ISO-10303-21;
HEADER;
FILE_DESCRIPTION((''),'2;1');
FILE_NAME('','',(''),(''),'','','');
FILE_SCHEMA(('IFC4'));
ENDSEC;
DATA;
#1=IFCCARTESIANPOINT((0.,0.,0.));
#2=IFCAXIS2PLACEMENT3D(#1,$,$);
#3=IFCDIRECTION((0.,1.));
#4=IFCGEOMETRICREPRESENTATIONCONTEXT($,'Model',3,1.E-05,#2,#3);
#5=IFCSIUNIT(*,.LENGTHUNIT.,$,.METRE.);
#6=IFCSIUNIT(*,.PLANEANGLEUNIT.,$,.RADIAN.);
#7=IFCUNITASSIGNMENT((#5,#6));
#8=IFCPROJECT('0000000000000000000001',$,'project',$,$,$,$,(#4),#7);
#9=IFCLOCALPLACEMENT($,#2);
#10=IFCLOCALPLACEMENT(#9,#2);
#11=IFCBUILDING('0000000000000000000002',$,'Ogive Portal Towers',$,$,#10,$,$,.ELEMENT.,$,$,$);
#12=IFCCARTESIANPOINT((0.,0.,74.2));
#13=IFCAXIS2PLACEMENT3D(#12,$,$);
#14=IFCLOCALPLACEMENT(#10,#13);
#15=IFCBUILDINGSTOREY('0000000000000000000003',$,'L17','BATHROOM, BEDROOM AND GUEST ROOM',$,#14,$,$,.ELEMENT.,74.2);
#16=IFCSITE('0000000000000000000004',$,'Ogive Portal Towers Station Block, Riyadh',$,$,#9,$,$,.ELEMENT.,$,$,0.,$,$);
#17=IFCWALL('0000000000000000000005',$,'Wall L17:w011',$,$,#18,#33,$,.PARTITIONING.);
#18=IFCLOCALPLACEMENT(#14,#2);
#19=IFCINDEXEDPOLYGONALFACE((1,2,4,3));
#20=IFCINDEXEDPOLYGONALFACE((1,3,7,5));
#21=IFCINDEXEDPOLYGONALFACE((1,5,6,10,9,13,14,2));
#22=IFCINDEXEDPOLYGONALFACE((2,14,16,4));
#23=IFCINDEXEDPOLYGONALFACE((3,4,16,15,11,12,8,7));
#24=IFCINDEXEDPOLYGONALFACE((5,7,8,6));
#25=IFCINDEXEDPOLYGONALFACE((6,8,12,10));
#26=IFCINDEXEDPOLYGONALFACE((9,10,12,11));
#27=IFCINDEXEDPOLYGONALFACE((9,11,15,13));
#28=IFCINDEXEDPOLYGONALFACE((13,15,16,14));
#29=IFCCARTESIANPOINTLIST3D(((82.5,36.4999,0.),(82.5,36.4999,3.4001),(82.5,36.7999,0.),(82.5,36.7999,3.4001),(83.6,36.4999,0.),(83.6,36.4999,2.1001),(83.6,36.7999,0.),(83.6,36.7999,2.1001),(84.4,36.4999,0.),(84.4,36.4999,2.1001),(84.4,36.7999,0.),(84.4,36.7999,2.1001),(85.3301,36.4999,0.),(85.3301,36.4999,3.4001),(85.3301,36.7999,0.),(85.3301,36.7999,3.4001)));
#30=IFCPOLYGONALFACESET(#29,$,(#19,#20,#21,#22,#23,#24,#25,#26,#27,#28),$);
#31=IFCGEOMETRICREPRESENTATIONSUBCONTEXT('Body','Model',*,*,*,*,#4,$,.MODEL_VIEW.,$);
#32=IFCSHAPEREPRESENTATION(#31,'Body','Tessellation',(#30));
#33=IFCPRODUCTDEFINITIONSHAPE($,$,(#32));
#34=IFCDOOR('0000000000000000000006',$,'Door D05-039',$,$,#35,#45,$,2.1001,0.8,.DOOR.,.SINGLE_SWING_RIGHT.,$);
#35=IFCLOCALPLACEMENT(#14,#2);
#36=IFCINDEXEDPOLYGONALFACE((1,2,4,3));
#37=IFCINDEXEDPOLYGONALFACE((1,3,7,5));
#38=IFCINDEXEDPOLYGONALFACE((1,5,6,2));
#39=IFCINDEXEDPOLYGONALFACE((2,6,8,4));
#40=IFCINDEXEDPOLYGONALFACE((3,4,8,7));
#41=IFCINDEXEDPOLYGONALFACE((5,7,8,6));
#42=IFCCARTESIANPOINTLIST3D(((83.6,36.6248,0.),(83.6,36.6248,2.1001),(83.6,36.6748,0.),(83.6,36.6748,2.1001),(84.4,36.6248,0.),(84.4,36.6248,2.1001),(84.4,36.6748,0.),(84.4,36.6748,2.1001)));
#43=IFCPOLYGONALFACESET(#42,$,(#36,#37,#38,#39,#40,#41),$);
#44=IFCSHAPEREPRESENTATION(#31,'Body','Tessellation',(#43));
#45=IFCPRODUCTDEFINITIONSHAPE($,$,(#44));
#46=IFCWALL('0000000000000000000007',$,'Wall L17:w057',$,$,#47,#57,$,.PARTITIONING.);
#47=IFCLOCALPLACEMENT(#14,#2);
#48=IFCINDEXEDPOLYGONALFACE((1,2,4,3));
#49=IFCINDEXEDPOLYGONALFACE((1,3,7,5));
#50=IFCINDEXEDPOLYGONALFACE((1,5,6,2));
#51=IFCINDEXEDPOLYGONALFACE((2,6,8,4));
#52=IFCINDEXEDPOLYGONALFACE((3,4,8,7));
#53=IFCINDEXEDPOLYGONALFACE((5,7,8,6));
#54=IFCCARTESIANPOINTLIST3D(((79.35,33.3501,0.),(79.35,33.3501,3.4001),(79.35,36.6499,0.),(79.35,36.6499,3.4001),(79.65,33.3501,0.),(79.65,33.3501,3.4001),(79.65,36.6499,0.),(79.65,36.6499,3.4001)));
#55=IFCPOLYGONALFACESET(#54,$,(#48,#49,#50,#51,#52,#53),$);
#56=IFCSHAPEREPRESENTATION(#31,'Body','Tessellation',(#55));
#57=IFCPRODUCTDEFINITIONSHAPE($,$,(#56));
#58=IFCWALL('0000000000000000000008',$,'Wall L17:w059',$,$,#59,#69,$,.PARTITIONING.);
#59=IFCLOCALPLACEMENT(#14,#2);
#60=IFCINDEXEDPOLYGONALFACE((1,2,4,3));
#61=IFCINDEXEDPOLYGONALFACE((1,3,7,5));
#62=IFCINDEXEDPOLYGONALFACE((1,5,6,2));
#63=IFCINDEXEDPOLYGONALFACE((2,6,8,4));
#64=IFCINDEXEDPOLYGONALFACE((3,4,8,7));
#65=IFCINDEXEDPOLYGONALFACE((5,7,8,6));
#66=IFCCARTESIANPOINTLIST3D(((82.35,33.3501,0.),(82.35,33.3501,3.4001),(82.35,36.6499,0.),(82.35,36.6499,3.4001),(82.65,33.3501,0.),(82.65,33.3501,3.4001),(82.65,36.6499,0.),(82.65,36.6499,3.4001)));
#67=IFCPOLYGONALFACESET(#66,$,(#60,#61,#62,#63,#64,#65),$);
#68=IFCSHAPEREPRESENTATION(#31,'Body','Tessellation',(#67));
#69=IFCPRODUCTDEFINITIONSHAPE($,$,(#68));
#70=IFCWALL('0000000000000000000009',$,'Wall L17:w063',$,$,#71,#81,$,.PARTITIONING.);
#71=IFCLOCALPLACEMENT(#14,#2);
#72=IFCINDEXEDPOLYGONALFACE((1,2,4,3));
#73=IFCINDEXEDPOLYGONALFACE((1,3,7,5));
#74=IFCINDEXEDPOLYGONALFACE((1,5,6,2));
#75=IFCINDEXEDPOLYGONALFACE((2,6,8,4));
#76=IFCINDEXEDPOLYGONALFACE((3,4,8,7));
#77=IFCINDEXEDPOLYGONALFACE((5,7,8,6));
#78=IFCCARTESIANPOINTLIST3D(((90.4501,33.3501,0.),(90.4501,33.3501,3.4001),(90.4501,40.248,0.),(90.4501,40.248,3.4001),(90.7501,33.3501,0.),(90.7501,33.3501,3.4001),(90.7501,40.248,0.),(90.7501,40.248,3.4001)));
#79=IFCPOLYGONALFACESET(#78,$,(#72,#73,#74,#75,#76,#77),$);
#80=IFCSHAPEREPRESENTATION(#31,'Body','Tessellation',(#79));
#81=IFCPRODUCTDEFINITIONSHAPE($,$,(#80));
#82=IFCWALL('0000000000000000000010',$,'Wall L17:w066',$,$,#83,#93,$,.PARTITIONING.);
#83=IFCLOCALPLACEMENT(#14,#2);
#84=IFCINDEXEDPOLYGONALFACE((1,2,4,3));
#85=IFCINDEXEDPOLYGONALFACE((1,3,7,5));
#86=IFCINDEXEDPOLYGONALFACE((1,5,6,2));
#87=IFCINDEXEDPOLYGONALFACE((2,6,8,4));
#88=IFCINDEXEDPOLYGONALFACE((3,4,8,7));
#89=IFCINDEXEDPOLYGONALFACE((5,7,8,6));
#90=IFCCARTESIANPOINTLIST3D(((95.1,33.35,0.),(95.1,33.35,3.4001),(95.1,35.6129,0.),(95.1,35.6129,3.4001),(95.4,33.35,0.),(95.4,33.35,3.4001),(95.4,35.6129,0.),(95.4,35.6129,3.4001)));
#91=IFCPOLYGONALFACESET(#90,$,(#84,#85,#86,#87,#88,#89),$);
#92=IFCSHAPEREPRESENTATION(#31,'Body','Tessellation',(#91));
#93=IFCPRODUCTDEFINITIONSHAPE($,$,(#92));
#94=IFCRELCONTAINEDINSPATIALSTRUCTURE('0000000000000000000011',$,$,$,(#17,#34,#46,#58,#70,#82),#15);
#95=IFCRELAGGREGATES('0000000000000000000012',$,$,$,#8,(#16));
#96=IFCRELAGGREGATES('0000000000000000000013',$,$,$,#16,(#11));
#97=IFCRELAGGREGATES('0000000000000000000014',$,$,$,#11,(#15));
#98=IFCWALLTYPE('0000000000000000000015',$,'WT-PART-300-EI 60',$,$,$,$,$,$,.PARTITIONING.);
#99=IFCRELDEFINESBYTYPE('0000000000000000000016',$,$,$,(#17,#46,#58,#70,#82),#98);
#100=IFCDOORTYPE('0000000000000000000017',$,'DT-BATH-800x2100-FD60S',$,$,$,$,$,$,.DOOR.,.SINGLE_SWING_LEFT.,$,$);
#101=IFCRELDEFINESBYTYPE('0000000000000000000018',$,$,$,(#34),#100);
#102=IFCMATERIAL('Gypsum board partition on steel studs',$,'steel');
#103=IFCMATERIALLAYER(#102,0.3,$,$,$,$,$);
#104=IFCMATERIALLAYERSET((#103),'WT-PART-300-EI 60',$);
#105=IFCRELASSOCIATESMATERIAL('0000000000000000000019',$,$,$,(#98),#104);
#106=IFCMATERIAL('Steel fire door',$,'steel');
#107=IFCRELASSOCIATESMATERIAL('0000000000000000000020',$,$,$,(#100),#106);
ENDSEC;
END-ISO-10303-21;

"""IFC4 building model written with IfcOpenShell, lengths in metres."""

from ifc_helpers import new_model, si_unit, direction, frame, frame_2d, origin, place, context, subcontext, project, spatial, rectangle, extrude, material, layer, layer_set, type_object, element, fill, save


model = new_model("IFC4")

# Units and contexts
model_context = context("Model", 3, precision=1e-05, world=origin(), true_north=direction((0.0, 1.0)))
body_context = subcontext(model_context, "Body", "Model", "MODEL_VIEW")
ifc_project = project(units=[si_unit("LENGTHUNIT", "METRE"), si_unit("PLANEANGLEUNIT", "RADIAN")], contexts=[model_context])

# Site, building, storey
site_placement = place(None, origin())
site = spatial("IfcSite", under=ifc_project, at=site_placement, Name="Ogive Portal Towers Station Block, Riyadh", CompositionType="ELEMENT", RefElevation=0.0)
building_placement = place(site_placement, origin())
building = spatial("IfcBuilding", under=site, at=building_placement, Name="Ogive Portal Towers", CompositionType="ELEMENT")
storey_placement = place(building_placement, frame((0.0, 0.0, 74.2)))
storey = spatial("IfcBuildingStorey", under=building, at=storey_placement, Name="L17", Description="BATHROOM, BEDROOM AND GUEST ROOM", CompositionType="ELEMENT", Elevation=74.2)

# Shared definitions
ifc_material_1 = material(Name="Steel fire door", Category="steel")
ifc_material_2 = material(Name="Gypsum board partition on steel studs", Category="steel")

# Wall, opening, door
ifc_layer_1 = layer(ifc_material_2, 0.3)
ifc_layer_set_1 = layer_set([ifc_layer_1], Name="WT-PART-300-EI 60")
wall_type_1 = type_object("IfcWallType", Name="WT-PART-300-EI 60", PredefinedType="PARTITIONING", material=ifc_layer_set_1)
wall_1_placement = place(storey_placement, frame((82.5, 36.6499, 0.0), z_axis=(0.0, 0.0, 1.0), x_axis=(1.0, 0.0, 0.0)))
wall_1 = element("IfcWall", 1, at=wall_1_placement, inside=storey, type_object=wall_type_1, Name="Wall L17:w011", PredefinedType="PARTITIONING", context=body_context, shape_type="SweptSolid", body=[
    extrude(rectangle(XDim=2.8301, YDim=0.3, at=frame_2d((1.415, 0.0))), origin(), (0.0, 0.0, 1.0), 3.4001),
])
opening_1_placement = place(wall_1_placement, frame((1.1001, 0.0, 0.0)))
opening_1 = element("IfcOpeningElement", 2, at=opening_1_placement, cuts=wall_1, PredefinedType="OPENING", context=body_context, shape_type="SweptSolid", body=[
    extrude(rectangle(XDim=0.8, YDim=2.1001, at=frame_2d((0.3999, 1.05))), frame((0.0, 0.1602, 0.0), z_axis=(0.0, -1.0, 0.0), x_axis=(1.0, 0.0, 0.0)), (0.0, 0.0, 1.0), 0.3201),
])
door_type_1 = type_object("IfcDoorType", Name="DT-BATH-800x2100-FD60S", OperationType="SINGLE_SWING_LEFT", PredefinedType="DOOR", material=ifc_material_1)
door_1_placement = place(opening_1_placement, origin())
door_1 = element("IfcDoor", 3, at=door_1_placement, inside=storey, type_object=door_type_1, Name="Door D05-039", OperationType="SINGLE_SWING_RIGHT", OverallHeight=2.1001, OverallWidth=0.8, PredefinedType="DOOR", context=body_context, shape_type="SweptSolid", body=[
    extrude(rectangle(XDim=0.8, YDim=2.1001, at=frame_2d((0.3999, 1.05))), frame((0.0, 0.0249, 0.0), z_axis=(0.0, -1.0, 0.0), x_axis=(1.0, 0.0, 0.0)), (0.0, 0.0, 1.0), 0.05),
])
fill(opening_1, door_1)

# Walls
for number, where, z_axis, x_axis, name in (
    (4, (79.5, 33.3501, 0.0), (0.0, 0.0, 1.0), (0.0, 1.0, 0.0), "Wall L17:w057"),
    (5, (82.5, 33.3501, 0.0), (0.0, 0.0, 1.0), (0.0, 1.0, 0.0), "Wall L17:w059"),
):
    element("IfcWall", number, at=place(storey_placement, frame(where, z_axis=z_axis, x_axis=x_axis)), inside=storey, type_object=wall_type_1, Name=name, PredefinedType="PARTITIONING", context=body_context, shape_type="SweptSolid", body=[
        extrude(rectangle(XDim=3.2998, YDim=0.3, at=frame_2d((1.6499, 0.0))), origin(), (0.0, 0.0, 1.0), 3.4001),
    ])
wall_2_placement = place(storey_placement, frame((90.6001, 33.3501, 0.0), z_axis=(0.0, 0.0, 1.0), x_axis=(0.0, 1.0, 0.0)))
element("IfcWall", 6, at=wall_2_placement, inside=storey, type_object=wall_type_1, Name="Wall L17:w063", PredefinedType="PARTITIONING", context=body_context, shape_type="SweptSolid", body=[
    extrude(rectangle(XDim=6.8979, YDim=0.3, at=frame_2d((3.449, 0.0))), origin(), (0.0, 0.0, 1.0), 3.4001),
])
wall_3_placement = place(storey_placement, frame((95.25, 33.3501, 0.0), z_axis=(0.0, 0.0, 1.0), x_axis=(0.0, 1.0, 0.0)))
element("IfcWall", 7, at=wall_3_placement, inside=storey, type_object=wall_type_1, Name="Wall L17:w066", PredefinedType="PARTITIONING", context=body_context, shape_type="SweptSolid", body=[
    extrude(rectangle(XDim=2.2629, YDim=0.3, at=frame_2d((1.1313, 0.0))), origin(), (0.0, 0.0, 1.0), 3.4001),
])

save(model, "model.ifc")
